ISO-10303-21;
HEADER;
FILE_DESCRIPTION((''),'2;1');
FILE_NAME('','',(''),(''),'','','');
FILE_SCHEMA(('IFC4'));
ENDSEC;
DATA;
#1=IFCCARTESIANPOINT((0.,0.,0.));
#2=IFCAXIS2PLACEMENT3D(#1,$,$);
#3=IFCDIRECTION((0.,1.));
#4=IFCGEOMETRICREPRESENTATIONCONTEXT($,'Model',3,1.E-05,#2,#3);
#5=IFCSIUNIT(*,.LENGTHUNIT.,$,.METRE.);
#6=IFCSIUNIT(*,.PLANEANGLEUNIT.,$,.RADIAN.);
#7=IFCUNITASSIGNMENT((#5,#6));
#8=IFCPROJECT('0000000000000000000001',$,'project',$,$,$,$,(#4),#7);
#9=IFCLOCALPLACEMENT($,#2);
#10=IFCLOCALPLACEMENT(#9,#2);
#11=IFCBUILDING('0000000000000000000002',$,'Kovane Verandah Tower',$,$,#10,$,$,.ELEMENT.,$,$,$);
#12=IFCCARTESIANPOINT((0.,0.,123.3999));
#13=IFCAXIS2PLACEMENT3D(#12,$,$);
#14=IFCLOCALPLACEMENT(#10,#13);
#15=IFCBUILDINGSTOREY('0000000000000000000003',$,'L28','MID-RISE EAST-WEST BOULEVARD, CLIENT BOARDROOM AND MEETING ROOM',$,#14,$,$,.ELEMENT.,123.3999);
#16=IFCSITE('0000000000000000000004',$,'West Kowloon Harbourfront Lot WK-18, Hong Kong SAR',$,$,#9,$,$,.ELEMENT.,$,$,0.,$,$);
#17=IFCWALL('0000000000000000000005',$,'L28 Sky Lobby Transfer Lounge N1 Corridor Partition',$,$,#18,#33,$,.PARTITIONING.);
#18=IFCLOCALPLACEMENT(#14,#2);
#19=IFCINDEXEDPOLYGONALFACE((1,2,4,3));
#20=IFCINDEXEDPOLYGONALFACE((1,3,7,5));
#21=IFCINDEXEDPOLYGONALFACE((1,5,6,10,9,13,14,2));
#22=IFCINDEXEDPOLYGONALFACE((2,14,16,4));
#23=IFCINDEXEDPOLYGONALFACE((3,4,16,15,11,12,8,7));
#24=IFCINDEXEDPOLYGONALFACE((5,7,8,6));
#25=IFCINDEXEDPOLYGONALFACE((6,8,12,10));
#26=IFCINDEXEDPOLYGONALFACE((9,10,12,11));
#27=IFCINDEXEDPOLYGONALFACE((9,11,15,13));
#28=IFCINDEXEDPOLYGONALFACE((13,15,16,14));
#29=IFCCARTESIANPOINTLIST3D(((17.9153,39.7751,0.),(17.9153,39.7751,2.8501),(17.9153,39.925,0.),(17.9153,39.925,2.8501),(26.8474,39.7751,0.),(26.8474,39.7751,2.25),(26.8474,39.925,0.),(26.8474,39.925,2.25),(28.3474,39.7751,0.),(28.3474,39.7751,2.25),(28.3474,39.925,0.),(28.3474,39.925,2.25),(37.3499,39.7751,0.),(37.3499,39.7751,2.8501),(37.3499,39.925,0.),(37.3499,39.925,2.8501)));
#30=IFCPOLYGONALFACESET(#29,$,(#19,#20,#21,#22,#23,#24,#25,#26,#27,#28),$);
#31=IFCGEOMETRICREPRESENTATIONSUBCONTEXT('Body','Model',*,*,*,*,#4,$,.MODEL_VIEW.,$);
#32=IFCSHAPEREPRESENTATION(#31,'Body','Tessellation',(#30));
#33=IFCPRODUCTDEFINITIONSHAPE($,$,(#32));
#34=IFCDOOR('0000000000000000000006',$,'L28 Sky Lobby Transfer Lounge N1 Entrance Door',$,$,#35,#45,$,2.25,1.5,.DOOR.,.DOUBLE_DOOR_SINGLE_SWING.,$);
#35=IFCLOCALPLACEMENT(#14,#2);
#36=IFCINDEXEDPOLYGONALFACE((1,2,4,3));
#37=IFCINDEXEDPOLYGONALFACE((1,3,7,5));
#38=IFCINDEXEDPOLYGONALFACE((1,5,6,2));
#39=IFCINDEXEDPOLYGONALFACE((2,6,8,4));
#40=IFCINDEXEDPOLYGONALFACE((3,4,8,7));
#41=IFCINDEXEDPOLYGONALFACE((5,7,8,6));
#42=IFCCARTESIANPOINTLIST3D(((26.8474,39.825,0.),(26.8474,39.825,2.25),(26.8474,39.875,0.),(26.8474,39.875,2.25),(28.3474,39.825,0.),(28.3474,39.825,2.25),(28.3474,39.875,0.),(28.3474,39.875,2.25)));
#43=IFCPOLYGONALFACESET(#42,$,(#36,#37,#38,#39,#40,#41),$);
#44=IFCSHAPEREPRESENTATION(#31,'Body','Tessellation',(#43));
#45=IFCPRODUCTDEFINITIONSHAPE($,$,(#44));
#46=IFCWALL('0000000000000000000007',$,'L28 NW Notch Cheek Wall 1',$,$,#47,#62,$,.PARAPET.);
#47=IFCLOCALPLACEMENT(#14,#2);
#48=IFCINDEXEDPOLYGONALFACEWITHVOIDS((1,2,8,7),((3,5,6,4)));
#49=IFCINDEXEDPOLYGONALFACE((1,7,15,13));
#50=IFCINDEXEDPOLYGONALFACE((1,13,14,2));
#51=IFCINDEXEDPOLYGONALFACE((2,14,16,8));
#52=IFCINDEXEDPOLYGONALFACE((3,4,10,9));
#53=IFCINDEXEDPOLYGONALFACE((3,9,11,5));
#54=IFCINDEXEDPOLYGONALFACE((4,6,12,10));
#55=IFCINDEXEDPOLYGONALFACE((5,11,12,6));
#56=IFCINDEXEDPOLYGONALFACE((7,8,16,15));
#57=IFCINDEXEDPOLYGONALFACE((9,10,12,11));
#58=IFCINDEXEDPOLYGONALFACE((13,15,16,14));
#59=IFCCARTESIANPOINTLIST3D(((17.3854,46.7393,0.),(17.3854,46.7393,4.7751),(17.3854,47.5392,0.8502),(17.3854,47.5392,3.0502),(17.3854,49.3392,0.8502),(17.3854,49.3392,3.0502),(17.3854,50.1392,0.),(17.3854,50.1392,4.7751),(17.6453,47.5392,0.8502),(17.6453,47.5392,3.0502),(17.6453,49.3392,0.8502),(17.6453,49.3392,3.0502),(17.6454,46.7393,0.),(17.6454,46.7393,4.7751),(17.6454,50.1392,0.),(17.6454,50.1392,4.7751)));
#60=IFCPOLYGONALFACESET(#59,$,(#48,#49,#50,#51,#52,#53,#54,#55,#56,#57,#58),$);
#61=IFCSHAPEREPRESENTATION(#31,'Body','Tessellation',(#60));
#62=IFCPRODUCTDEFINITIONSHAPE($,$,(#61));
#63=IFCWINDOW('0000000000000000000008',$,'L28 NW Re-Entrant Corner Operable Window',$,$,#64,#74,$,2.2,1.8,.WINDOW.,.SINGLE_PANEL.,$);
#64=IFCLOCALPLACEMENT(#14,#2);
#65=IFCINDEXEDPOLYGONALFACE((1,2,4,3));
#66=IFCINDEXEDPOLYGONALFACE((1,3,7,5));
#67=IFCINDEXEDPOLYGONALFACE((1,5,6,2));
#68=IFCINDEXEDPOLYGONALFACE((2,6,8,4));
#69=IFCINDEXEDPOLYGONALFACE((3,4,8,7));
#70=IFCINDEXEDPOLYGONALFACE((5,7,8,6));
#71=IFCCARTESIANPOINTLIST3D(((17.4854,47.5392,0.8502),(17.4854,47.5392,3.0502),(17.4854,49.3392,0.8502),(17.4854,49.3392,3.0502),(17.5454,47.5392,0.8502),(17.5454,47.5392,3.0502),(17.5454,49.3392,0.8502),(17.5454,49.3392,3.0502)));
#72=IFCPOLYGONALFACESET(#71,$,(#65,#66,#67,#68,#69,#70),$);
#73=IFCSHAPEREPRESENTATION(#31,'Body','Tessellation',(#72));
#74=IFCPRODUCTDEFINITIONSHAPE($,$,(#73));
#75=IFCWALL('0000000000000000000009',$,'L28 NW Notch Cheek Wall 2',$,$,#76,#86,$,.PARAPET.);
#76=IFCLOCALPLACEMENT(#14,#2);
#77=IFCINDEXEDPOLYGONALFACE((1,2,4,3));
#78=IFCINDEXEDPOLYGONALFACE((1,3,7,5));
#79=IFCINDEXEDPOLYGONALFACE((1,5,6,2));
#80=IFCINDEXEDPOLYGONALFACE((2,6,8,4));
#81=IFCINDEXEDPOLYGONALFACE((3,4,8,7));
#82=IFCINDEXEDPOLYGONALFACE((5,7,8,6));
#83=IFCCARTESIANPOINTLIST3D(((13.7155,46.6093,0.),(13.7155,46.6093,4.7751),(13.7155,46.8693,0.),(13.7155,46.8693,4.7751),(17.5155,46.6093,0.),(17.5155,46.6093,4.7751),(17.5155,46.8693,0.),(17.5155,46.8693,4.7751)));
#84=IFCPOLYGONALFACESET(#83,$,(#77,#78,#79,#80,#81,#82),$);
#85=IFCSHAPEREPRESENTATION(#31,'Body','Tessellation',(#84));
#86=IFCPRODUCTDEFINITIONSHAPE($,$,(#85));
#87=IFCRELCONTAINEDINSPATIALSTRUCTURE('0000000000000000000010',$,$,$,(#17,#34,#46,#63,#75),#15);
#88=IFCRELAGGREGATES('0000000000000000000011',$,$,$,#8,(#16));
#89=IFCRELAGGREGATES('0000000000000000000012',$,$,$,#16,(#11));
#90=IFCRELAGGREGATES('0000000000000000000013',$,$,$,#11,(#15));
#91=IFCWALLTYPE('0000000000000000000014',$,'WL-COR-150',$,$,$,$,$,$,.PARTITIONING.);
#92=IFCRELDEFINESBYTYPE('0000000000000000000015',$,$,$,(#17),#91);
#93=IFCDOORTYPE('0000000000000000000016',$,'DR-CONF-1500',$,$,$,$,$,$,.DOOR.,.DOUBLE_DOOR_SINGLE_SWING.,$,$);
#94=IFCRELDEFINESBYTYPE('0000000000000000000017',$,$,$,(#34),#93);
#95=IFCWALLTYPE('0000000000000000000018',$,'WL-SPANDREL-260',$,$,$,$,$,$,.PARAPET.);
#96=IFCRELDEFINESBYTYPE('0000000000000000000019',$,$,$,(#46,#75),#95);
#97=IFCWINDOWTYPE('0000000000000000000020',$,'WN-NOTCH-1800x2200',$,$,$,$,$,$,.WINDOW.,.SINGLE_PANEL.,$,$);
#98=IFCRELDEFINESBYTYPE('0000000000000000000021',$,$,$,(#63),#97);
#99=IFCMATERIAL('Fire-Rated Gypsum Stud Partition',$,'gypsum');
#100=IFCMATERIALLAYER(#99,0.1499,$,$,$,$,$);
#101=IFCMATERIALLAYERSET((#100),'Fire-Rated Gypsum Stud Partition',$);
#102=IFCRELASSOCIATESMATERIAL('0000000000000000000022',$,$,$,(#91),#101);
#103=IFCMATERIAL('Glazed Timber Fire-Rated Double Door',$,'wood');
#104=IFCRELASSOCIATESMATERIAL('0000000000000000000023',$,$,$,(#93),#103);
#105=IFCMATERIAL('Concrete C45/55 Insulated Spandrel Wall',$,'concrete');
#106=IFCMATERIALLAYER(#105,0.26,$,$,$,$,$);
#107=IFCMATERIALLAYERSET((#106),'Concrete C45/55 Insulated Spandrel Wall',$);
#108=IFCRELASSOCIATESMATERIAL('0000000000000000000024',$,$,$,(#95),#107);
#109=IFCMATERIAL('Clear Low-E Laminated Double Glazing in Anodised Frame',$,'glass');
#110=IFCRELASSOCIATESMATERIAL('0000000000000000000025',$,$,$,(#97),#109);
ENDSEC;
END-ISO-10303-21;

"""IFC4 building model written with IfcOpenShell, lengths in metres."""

from ifc_helpers import new_model, si_unit, direction, frame, frame_2d, origin, place, context, subcontext, project, spatial, rectangle, extrude, material, layer, layer_set, type_object, element, fill, save


model = new_model("IFC4")

# Units and contexts
model_context = context("Model", 3, precision=1e-05, world=origin(), true_north=direction((0.0, 1.0)))
body_context = subcontext(model_context, "Body", "Model", "MODEL_VIEW")
ifc_project = project(units=[si_unit("LENGTHUNIT", "METRE"), si_unit("PLANEANGLEUNIT", "RADIAN")], contexts=[model_context])

# Site, building, storey
site_placement = place(None, origin())
site = spatial("IfcSite", under=ifc_project, at=site_placement, Name="West Kowloon Harbourfront Lot WK-18, Hong Kong SAR", CompositionType="ELEMENT", RefElevation=0.0)
building_placement = place(site_placement, origin())
building = spatial("IfcBuilding", under=site, at=building_placement, Name="Kovane Verandah Tower", CompositionType="ELEMENT")
storey_placement = place(building_placement, frame((0.0, 0.0, 123.3999)))
storey = spatial("IfcBuildingStorey", under=building, at=storey_placement, Name="L28", Description="MID-RISE EAST-WEST BOULEVARD, CLIENT BOARDROOM AND MEETING ROOM", CompositionType="ELEMENT", Elevation=123.3999)

# Wall, opening, door
ifc_material_1 = material(Name="Fire-Rated Gypsum Stud Partition", Category="gypsum")
ifc_layer_1 = layer(ifc_material_1, 0.1499)
ifc_layer_set_1 = layer_set([ifc_layer_1], Name="Fire-Rated Gypsum Stud Partition")
wall_type_1 = type_object("IfcWallType", Name="WL-COR-150", PredefinedType="PARTITIONING", material=ifc_layer_set_1)
wall_1_placement = place(storey_placement, frame((17.9153, 39.8501, 0.0), z_axis=(0.0, 0.0, 1.0), x_axis=(1.0, 0.0, 0.0)))
wall_1 = element("IfcWall", 1, at=wall_1_placement, inside=storey, type_object=wall_type_1, Name="L28 Sky Lobby Transfer Lounge N1 Corridor Partition", PredefinedType="PARTITIONING", context=body_context, shape_type="SweptSolid", body=[
    extrude(rectangle(XDim=19.4346, YDim=0.1499, at=frame_2d((9.7173, 0.0))), origin(), (0.0, 0.0, 1.0), 2.8501),
])
opening_1_placement = place(wall_1_placement, frame((8.9321, 0.0, 0.0)))
opening_1 = element("IfcOpeningElement", 2, at=opening_1_placement, cuts=wall_1, PredefinedType="OPENING", context=body_context, shape_type="SweptSolid", body=[
    extrude(rectangle(XDim=1.5, YDim=2.25, at=frame_2d((0.75, 1.125))), frame((0.0, 0.075, 0.0), z_axis=(0.0, -1.0, 0.0), x_axis=(1.0, 0.0, 0.0)), (0.0, 0.0, 1.0), 0.1499),
])
ifc_material_2 = material(Name="Glazed Timber Fire-Rated Double Door", Category="wood")
door_type = type_object("IfcDoorType", Name="DR-CONF-1500", OperationType="DOUBLE_DOOR_SINGLE_SWING", PredefinedType="DOOR", material=ifc_material_2)
door_placement = place(opening_1_placement, origin())
door = element("IfcDoor", 3, at=door_placement, inside=storey, type_object=door_type, Name="L28 Sky Lobby Transfer Lounge N1 Entrance Door", OperationType="DOUBLE_DOOR_SINGLE_SWING", OverallHeight=2.25, OverallWidth=1.5, PredefinedType="DOOR", context=body_context, shape_type="SweptSolid", body=[
    extrude(rectangle(XDim=1.5, YDim=2.25, at=frame_2d((0.75, 1.125))), frame((0.0, 0.0249, 0.0), z_axis=(0.0, -1.0, 0.0), x_axis=(1.0, 0.0, 0.0)), (0.0, 0.0, 1.0), 0.05),
])
fill(opening_1, door)

# Wall, opening, window
ifc_material_3 = material(Name="Concrete C45/55 Insulated Spandrel Wall", Category="concrete")
ifc_layer_2 = layer(ifc_material_3, 0.26)
ifc_layer_set_2 = layer_set([ifc_layer_2], Name="Concrete C45/55 Insulated Spandrel Wall")
wall_type_2 = type_object("IfcWallType", Name="WL-SPANDREL-260", PredefinedType="PARAPET", material=ifc_layer_set_2)
wall_2_placement = place(storey_placement, frame((17.5154, 50.1392, 0.0), z_axis=(0.0, 0.0, 1.0), x_axis=(0.0, -1.0, 0.0)))
wall_2 = element("IfcWall", 4, at=wall_2_placement, inside=storey, type_object=wall_type_2, Name="L28 NW Notch Cheek Wall 1", PredefinedType="PARAPET", context=body_context, shape_type="SweptSolid", body=[
    extrude(rectangle(XDim=3.3999, YDim=0.26, at=frame_2d((1.7, 0.0))), origin(), (0.0, 0.0, 1.0), 4.7751),
])
opening_2_placement = place(wall_2_placement, frame((0.8, 0.0, 0.8501)))
opening_2 = element("IfcOpeningElement", 5, at=opening_2_placement, cuts=wall_2, PredefinedType="OPENING", context=body_context, shape_type="SweptSolid", body=[
    extrude(rectangle(XDim=1.8, YDim=2.2, at=frame_2d((0.8999, 1.1001))), frame((0.0, 0.1299, 0.0), z_axis=(0.0, -1.0, 0.0), x_axis=(1.0, 0.0, 0.0)), (0.0, 0.0, 1.0), 0.26),
])
ifc_material_4 = material(Name="Clear Low-E Laminated Double Glazing in Anodised Frame", Category="glass")
window_type = type_object("IfcWindowType", Name="WN-NOTCH-1800x2200", PartitioningType="SINGLE_PANEL", PredefinedType="WINDOW", material=ifc_material_4)
window_placement = place(opening_2_placement, origin())
window = element("IfcWindow", 6, at=window_placement, inside=storey, type_object=window_type, Name="L28 NW Re-Entrant Corner Operable Window", OverallHeight=2.2, OverallWidth=1.8, PartitioningType="SINGLE_PANEL", PredefinedType="WINDOW", context=body_context, shape_type="SweptSolid", body=[
    extrude(rectangle(XDim=1.8, YDim=2.2, at=frame_2d((0.8999, 1.1001))), frame((0.0, 0.03, 0.0), z_axis=(0.0, -1.0, 0.0), x_axis=(1.0, 0.0, 0.0)), (0.0, 0.0, 1.0), 0.0601),
])
fill(opening_2, window)

# Wall
wall_3_placement = place(storey_placement, frame((17.5154, 46.7393, 0.0), z_axis=(0.0, 0.0, 1.0), x_axis=(-1.0, 0.0, 0.0)))
element("IfcWall", 7, at=wall_3_placement, inside=storey, type_object=wall_type_2, Name="L28 NW Notch Cheek Wall 2", PredefinedType="PARAPET", context=body_context, shape_type="SweptSolid", body=[
    extrude(rectangle(XDim=3.8, YDim=0.26, at=frame_2d((1.8999, 0.0))), origin(), (0.0, 0.0, 1.0), 4.7751),
])

save(model, "model.ifc")
